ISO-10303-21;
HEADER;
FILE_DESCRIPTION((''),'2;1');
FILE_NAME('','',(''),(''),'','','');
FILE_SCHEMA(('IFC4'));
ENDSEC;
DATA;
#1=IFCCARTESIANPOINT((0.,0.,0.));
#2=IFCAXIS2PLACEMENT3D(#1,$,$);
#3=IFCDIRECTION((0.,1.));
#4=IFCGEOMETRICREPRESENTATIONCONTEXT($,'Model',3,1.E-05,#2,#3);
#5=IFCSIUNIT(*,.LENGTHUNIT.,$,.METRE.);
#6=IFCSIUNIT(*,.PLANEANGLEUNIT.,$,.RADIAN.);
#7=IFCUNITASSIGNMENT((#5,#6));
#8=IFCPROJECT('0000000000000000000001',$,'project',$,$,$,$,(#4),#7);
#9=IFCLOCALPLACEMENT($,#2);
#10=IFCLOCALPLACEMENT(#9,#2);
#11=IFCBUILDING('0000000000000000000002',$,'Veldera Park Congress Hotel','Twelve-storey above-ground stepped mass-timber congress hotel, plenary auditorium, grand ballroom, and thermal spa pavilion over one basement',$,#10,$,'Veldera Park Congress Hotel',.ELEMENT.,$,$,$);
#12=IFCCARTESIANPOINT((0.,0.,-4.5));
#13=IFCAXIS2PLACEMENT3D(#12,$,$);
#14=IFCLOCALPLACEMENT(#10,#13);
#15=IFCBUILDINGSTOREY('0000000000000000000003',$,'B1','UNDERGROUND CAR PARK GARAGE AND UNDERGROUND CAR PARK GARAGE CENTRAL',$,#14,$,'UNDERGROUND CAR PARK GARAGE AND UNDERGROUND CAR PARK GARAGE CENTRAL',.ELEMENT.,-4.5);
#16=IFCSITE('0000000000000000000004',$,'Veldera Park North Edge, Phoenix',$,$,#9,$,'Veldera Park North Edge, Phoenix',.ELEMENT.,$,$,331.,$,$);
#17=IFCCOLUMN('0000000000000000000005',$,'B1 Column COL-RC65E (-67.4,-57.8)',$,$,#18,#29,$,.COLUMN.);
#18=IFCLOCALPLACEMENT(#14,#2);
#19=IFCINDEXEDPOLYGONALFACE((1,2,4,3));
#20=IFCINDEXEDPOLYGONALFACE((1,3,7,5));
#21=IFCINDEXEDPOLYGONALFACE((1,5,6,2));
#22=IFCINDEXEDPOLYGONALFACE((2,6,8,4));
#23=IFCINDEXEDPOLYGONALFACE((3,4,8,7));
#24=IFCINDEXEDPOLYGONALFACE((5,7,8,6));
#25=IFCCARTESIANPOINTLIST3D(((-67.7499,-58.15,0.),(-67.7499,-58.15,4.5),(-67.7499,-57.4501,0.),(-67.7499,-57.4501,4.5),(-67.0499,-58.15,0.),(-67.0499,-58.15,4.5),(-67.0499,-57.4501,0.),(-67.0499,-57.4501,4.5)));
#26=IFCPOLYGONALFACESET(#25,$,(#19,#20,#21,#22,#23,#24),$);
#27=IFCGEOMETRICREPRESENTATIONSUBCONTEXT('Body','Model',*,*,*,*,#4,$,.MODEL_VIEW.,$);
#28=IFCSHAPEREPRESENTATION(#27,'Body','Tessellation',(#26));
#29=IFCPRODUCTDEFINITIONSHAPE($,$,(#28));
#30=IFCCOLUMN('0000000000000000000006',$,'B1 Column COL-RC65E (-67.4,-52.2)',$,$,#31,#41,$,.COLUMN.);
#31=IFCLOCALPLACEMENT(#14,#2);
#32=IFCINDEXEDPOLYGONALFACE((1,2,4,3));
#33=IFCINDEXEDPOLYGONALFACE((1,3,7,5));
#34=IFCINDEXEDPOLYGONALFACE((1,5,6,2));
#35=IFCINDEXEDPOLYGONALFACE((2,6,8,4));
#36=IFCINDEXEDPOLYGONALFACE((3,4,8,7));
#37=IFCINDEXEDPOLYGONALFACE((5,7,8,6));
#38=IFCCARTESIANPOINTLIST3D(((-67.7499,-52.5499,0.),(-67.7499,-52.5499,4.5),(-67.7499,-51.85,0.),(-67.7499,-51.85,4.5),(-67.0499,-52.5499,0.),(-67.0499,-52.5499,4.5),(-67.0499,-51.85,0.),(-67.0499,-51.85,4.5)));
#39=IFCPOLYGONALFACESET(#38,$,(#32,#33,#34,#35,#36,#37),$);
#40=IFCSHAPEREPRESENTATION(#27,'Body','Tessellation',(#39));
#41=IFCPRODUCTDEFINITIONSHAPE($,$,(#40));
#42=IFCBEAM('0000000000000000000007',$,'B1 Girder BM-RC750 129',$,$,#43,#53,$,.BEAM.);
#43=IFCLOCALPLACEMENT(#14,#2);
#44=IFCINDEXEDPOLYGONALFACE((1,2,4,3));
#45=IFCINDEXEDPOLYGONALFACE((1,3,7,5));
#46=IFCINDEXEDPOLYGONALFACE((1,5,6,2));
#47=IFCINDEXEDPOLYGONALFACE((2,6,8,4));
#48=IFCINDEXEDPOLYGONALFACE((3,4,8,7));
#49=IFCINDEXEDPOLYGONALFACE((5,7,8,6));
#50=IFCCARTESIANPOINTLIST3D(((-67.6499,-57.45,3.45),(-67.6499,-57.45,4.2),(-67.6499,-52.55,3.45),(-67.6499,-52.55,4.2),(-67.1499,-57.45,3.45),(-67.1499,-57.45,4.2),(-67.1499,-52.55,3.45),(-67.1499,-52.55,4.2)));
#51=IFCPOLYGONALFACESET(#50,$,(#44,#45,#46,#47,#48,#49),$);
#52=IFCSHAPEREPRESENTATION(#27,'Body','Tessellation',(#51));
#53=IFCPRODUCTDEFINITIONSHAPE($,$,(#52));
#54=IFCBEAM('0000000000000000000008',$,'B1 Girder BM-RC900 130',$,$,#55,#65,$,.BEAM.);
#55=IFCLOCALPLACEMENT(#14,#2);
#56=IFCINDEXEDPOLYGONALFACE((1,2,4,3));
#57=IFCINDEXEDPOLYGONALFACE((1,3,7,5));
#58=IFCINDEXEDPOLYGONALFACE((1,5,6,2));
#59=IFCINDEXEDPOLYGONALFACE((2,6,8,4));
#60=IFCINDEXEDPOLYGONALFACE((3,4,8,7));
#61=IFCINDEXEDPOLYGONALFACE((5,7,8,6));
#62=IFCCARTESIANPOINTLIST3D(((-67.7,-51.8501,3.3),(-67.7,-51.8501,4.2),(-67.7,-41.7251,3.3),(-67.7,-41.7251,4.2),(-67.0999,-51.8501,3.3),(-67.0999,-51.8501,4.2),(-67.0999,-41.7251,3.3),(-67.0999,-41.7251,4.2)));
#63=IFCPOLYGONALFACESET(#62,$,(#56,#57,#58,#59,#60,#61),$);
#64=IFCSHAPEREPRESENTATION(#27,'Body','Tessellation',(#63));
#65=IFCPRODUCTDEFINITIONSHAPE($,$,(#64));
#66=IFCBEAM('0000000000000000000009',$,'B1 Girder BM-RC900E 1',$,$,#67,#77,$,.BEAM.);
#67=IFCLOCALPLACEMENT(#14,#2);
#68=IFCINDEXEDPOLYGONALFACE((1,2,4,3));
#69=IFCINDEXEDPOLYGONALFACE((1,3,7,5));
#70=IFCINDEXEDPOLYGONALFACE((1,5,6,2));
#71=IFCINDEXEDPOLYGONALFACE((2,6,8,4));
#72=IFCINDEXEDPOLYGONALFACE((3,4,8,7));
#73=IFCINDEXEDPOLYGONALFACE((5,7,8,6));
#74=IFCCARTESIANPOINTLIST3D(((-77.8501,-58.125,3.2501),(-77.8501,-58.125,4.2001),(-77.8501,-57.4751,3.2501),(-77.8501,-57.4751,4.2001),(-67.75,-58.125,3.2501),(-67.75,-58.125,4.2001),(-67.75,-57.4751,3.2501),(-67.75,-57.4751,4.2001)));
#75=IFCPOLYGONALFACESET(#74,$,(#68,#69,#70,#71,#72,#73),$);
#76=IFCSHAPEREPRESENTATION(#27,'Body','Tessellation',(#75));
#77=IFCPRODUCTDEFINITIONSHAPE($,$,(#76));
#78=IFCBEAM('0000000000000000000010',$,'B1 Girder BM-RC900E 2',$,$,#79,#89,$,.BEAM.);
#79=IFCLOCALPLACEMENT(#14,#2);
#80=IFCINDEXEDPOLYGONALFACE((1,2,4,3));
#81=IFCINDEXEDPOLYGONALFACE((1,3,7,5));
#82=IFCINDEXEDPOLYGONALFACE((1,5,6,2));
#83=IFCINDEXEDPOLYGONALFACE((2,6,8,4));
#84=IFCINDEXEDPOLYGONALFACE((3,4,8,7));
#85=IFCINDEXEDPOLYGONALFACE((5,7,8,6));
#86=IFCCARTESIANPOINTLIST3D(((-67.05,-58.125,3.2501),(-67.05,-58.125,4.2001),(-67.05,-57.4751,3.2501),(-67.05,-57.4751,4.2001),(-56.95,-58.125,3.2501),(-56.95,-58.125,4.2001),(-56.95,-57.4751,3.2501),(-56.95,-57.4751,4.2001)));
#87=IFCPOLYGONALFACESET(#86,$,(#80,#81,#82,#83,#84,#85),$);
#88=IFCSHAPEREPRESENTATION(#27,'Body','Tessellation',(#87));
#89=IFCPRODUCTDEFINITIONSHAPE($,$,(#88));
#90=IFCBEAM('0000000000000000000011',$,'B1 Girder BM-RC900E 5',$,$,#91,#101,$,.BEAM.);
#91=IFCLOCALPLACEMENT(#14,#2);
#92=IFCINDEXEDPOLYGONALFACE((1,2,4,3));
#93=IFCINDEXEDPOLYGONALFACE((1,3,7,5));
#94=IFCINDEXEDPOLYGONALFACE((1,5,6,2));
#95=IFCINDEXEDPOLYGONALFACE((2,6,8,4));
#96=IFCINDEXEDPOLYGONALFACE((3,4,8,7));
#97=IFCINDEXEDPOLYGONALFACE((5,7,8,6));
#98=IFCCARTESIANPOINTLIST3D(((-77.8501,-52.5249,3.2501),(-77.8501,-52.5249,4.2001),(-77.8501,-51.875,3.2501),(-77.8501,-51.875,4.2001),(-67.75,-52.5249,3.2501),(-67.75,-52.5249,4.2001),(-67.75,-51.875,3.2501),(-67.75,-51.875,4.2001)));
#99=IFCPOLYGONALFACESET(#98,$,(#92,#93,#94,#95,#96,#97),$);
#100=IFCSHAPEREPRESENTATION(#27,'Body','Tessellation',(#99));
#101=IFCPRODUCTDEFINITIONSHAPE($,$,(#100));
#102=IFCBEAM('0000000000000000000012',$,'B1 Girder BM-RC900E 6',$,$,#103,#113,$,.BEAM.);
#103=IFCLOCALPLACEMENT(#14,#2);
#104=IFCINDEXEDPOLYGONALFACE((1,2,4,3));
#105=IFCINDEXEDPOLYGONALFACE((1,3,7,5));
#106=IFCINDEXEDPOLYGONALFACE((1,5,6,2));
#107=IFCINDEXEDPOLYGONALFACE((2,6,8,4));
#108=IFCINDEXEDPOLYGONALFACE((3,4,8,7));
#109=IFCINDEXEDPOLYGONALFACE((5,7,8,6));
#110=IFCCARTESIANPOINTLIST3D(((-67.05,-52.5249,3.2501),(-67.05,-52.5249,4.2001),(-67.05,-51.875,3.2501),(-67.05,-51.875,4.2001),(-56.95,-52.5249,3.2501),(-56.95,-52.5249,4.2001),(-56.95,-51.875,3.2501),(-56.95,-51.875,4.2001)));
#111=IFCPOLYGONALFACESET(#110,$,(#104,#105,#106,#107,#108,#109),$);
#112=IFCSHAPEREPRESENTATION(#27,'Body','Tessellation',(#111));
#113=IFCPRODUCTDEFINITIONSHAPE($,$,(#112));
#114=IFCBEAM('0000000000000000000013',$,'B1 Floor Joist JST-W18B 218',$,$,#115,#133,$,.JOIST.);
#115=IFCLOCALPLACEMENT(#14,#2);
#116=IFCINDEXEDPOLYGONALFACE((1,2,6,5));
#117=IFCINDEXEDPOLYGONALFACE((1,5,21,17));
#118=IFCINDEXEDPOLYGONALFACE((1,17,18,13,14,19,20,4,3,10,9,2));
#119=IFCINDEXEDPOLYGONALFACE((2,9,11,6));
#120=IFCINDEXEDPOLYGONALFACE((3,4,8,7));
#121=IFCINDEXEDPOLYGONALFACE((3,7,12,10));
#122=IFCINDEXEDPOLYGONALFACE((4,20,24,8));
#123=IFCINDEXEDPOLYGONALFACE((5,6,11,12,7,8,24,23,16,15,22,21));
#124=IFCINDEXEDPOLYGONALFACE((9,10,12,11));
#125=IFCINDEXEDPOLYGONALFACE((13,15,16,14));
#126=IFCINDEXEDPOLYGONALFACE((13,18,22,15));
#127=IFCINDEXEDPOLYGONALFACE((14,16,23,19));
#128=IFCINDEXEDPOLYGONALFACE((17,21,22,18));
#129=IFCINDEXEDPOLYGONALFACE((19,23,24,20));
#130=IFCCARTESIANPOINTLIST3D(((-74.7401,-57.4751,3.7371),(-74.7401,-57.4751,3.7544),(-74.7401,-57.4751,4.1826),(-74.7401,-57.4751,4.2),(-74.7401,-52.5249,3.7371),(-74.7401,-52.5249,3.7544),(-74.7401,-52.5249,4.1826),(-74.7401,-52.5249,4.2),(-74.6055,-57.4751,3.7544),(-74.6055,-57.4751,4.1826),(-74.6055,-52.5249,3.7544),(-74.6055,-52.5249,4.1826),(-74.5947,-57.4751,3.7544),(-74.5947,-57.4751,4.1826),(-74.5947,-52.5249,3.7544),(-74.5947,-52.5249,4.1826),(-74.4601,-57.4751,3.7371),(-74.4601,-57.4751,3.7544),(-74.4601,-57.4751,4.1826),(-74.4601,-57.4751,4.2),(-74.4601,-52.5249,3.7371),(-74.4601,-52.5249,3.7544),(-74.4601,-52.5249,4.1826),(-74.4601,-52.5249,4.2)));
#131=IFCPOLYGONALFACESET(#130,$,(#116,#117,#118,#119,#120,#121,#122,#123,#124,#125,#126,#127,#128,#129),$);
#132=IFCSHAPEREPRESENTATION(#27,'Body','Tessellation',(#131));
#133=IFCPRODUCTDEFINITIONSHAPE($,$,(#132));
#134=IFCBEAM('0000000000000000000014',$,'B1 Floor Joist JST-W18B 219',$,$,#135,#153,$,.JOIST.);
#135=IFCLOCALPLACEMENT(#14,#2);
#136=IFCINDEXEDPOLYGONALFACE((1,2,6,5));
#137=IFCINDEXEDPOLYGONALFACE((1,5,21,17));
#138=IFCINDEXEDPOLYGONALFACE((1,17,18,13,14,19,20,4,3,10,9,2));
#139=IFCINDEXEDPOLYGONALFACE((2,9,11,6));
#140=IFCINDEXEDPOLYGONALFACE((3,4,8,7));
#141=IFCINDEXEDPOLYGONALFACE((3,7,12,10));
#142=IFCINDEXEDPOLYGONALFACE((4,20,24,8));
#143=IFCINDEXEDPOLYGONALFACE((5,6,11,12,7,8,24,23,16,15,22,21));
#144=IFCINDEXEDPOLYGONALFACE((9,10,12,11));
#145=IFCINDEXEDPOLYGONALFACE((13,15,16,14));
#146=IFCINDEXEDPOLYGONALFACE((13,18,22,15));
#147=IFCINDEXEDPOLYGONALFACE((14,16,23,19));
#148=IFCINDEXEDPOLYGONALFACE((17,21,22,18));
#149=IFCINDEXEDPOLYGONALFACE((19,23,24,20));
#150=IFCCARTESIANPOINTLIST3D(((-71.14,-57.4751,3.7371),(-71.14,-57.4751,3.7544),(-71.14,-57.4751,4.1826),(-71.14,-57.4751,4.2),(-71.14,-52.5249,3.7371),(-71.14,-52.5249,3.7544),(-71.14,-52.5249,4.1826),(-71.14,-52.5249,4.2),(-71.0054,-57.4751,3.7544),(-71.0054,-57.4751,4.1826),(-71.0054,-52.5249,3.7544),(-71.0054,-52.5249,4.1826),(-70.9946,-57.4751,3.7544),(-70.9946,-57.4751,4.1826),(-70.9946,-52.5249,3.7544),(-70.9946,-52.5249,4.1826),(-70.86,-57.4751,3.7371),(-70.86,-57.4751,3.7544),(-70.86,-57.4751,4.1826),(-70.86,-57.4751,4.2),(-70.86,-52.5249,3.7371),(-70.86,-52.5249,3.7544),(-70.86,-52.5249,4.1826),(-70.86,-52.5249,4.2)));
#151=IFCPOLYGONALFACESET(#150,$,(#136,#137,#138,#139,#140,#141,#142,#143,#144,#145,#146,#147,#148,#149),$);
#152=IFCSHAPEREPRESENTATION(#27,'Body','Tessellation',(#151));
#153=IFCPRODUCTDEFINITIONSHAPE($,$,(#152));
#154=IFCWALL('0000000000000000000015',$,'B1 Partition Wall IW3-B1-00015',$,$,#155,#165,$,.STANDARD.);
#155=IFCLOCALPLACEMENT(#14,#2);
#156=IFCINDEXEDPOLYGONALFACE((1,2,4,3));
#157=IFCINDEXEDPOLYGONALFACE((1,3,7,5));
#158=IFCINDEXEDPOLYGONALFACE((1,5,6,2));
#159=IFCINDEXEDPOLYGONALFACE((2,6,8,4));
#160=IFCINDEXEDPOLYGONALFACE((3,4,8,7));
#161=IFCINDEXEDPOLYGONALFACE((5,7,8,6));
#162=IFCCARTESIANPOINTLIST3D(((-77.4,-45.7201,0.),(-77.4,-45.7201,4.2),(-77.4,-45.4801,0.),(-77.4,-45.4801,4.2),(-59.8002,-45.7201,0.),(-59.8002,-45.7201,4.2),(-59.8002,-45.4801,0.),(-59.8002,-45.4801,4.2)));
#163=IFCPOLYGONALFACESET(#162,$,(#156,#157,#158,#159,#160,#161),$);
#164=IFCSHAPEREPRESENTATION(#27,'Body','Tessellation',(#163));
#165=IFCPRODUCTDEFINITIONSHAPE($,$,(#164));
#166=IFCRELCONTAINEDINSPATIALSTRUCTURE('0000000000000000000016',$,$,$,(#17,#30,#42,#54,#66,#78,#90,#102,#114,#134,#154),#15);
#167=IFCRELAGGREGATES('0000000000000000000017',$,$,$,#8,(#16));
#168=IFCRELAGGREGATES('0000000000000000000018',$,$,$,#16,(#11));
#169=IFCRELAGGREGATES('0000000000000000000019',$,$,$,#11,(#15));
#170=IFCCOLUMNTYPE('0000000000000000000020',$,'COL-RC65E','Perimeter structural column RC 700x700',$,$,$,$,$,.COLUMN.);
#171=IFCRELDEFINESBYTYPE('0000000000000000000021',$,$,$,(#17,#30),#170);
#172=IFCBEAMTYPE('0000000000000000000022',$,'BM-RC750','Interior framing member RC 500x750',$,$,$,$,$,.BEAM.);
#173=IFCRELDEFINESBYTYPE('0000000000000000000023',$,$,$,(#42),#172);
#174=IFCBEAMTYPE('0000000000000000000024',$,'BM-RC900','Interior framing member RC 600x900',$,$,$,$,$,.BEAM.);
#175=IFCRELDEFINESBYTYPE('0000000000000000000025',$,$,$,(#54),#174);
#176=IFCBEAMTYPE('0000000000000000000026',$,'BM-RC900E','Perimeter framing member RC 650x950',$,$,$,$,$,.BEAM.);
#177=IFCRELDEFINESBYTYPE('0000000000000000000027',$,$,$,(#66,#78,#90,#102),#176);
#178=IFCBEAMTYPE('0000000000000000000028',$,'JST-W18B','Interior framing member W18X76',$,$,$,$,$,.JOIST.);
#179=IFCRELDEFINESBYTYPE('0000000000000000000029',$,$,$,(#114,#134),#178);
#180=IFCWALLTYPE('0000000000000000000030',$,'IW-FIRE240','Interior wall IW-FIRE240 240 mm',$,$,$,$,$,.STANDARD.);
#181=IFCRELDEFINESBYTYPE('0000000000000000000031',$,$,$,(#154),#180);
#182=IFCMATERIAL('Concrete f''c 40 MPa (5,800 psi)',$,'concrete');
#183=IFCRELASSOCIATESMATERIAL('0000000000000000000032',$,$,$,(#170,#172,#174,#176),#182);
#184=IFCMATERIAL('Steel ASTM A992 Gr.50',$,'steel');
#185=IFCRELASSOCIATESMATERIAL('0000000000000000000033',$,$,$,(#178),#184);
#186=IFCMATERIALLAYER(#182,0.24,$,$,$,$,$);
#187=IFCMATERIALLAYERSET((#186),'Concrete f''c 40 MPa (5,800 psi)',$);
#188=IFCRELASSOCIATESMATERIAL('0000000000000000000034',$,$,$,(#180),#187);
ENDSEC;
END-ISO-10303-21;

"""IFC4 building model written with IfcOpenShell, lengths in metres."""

from ifc_helpers import new_model, si_unit, direction, frame, frame_2d, origin, origin_2d, place, context, subcontext, project, spatial, rectangle, i_section, extrude, material, layer, layer_set, material_profile, profile_set, type_object, element, save


model = new_model("IFC4")

# Units and contexts
model_context = context("Model", 3, precision=1e-05, world=origin(), true_north=direction((0.0, 1.0)))
body_context = subcontext(model_context, "Body", "Model", "MODEL_VIEW")
ifc_project = project(units=[si_unit("LENGTHUNIT", "METRE"), si_unit("PLANEANGLEUNIT", "RADIAN")], contexts=[model_context])

# Site, building, storey
site_placement = place(None, origin())
site = spatial("IfcSite", under=ifc_project, at=site_placement, Name="Veldera Park North Edge, Phoenix", LongName="Veldera Park North Edge, Phoenix", CompositionType="ELEMENT", RefElevation=331.0)
building_placement = place(site_placement, origin())
building = spatial("IfcBuilding", under=site, at=building_placement, Name="Veldera Park Congress Hotel", Description="Twelve-storey above-ground stepped mass-timber congress hotel, plenary auditorium, grand ballroom, and thermal spa pavilion over one basement", LongName="Veldera Park Congress Hotel", CompositionType="ELEMENT")
storey_placement = place(building_placement, frame((0.0, 0.0, -4.5)))
storey = spatial("IfcBuildingStorey", under=building, at=storey_placement, Name="B1", Description="UNDERGROUND CAR PARK GARAGE AND UNDERGROUND CAR PARK GARAGE CENTRAL", LongName="UNDERGROUND CAR PARK GARAGE AND UNDERGROUND CAR PARK GARAGE CENTRAL", CompositionType="ELEMENT", Elevation=-4.5)

# Shared definitions
ifc_material_1 = material(Name="Concrete f'c 40 MPa (5,800 psi)", Category="concrete")

# Columns
ifc_material_profile_1 = material_profile(ifc_material_1, rectangle(XDim=0.7, YDim=0.7, at=origin_2d()), Name="RC 700x700")
ifc_profile_set_1 = profile_set([ifc_material_profile_1], Name="Concrete f'c 40 MPa (5,800 psi)")
column_type = type_object("IfcColumnType", Name="COL-RC65E", Description="Perimeter structural column RC 700x700", PredefinedType="COLUMN", material=ifc_profile_set_1)
for number, where, z_axis, x_axis, name in (
    (1, (-67.3999, -57.8, 0.0), (0.0, 0.0, 1.0), (1.0, 0.0, 0.0), "B1 Column COL-RC65E (-67.4,-57.8)"),
    (2, (-67.3999, -52.2, 0.0), (0.0, 0.0, 1.0), (1.0, 0.0, 0.0), "B1 Column COL-RC65E (-67.4,-52.2)"),
):
    element("IfcColumn", number, at=place(storey_placement, frame(where, z_axis=z_axis, x_axis=x_axis)), inside=storey, type_object=column_type, Name=name, PredefinedType="COLUMN", context=body_context, shape_type="SweptSolid", body=[
        extrude(rectangle(XDim=0.7, YDim=0.7, at=origin_2d()), origin(), (0.0, 0.0, 1.0), 4.5),
    ])

# Beams
ifc_material_profile_2 = material_profile(ifc_material_1, rectangle(XDim=0.5, YDim=0.75, at=origin_2d()), Name="RC 500x750")
ifc_profile_set_2 = profile_set([ifc_material_profile_2], Name="Concrete f'c 40 MPa (5,800 psi)")
beam_type_1 = type_object("IfcBeamType", Name="BM-RC750", Description="Interior framing member RC 500x750", PredefinedType="BEAM", material=ifc_profile_set_2)
beam_1_placement = place(storey_placement, frame((-67.3999, -57.45, 3.825), z_axis=(0.0, 1.0, 0.0), x_axis=(-1.0, 0.0, 0.0)))
element("IfcBeam", 3, at=beam_1_placement, inside=storey, type_object=beam_type_1, Name="B1 Girder BM-RC750 129", PredefinedType="BEAM", context=body_context, shape_type="SweptSolid", body=[
    extrude(rectangle(XDim=0.5, YDim=0.75, at=origin_2d()), origin(), (0.0, 0.0, 1.0), 4.8999),
])
ifc_material_profile_3 = material_profile(ifc_material_1, rectangle(XDim=0.6001, YDim=0.8999, at=origin_2d()), Name="RC 600x900")
ifc_profile_set_3 = profile_set([ifc_material_profile_3], Name="Concrete f'c 40 MPa (5,800 psi)")
beam_type_2 = type_object("IfcBeamType", Name="BM-RC900", Description="Interior framing member RC 600x900", PredefinedType="BEAM", material=ifc_profile_set_3)
beam_2_placement = place(storey_placement, frame((-67.3999, -51.8501, 3.75), z_axis=(0.0, 1.0, 0.0), x_axis=(-1.0, 0.0, 0.0)))
element("IfcBeam", 4, at=beam_2_placement, inside=storey, type_object=beam_type_2, Name="B1 Girder BM-RC900 130", PredefinedType="BEAM", context=body_context, shape_type="SweptSolid", body=[
    extrude(rectangle(XDim=0.6001, YDim=0.8999, at=origin_2d()), origin(), (0.0, 0.0, 1.0), 10.125),
])
ifc_material_profile_4 = material_profile(ifc_material_1, rectangle(XDim=0.6499, YDim=0.95, at=origin_2d()), Name="RC 650x950")
ifc_profile_set_4 = profile_set([ifc_material_profile_4], Name="Concrete f'c 40 MPa (5,800 psi)")
beam_type_3 = type_object("IfcBeamType", Name="BM-RC900E", Description="Perimeter framing member RC 650x950", PredefinedType="BEAM", material=ifc_profile_set_4)
for number, where, z_axis, x_axis, name in (
    (5, (-77.8501, -57.8, 3.7251), (1.0, 0.0, 0.0), (0.0, 1.0, 0.0), "B1 Girder BM-RC900E 1"),
    (6, (-67.05, -57.8, 3.7251), (1.0, 0.0, 0.0), (0.0, 1.0, 0.0), "B1 Girder BM-RC900E 2"),
    (7, (-77.8501, -52.2, 3.7251), (1.0, 0.0, 0.0), (0.0, 1.0, 0.0), "B1 Girder BM-RC900E 5"),
    (8, (-67.05, -52.2, 3.7251), (1.0, 0.0, 0.0), (0.0, 1.0, 0.0), "B1 Girder BM-RC900E 6"),
):
    element("IfcBeam", number, at=place(storey_placement, frame(where, z_axis=z_axis, x_axis=x_axis)), inside=storey, type_object=beam_type_3, Name=name, PredefinedType="BEAM", context=body_context, shape_type="SweptSolid", body=[
        extrude(rectangle(XDim=0.6499, YDim=0.95, at=origin_2d()), origin(), (0.0, 0.0, 1.0), 10.1001),
    ])
ifc_material_2 = material(Name="Steel ASTM A992 Gr.50", Category="steel")
ifc_material_profile_5 = material_profile(ifc_material_2, i_section(OverallWidth=0.28, OverallDepth=0.4629, WebThickness=0.0107, FlangeThickness=0.0173, at=origin_2d()), Name="W18X76")
ifc_profile_set_5 = profile_set([ifc_material_profile_5], Name="Steel ASTM A992 Gr.50")
beam_type_4 = type_object("IfcBeamType", Name="JST-W18B", Description="Interior framing member W18X76", PredefinedType="JOIST", material=ifc_profile_set_5)
for number, where, z_axis, x_axis, name in (
    (9, (-74.6001, -57.4751, 3.9685), (0.0, 1.0, 0.0), (-1.0, 0.0, 0.0), "B1 Floor Joist JST-W18B 218"),
    (10, (-71.0, -57.4751, 3.9685), (0.0, 1.0, 0.0), (-1.0, 0.0, 0.0), "B1 Floor Joist JST-W18B 219"),
):
    element("IfcBeam", number, at=place(storey_placement, frame(where, z_axis=z_axis, x_axis=x_axis)), inside=storey, type_object=beam_type_4, Name=name, PredefinedType="JOIST", context=body_context, shape_type="SweptSolid", body=[
        extrude(i_section(OverallWidth=0.28, OverallDepth=0.4629, WebThickness=0.0107, FlangeThickness=0.0173, at=origin_2d()), origin(), (0.0, 0.0, 1.0), 4.9502),
    ])

# Wall
ifc_layer = layer(ifc_material_1, 0.24)
ifc_layer_set = layer_set([ifc_layer], Name="Concrete f'c 40 MPa (5,800 psi)")
wall_type = type_object("IfcWallType", Name="IW-FIRE240", Description="Interior wall IW-FIRE240 240 mm", PredefinedType="STANDARD", material=ifc_layer_set)
wall_placement = place(storey_placement, frame((-77.3999, -45.6001, 0.0), z_axis=(0.0, 0.0, 1.0), x_axis=(1.0, 0.0, 0.0)))
element("IfcWall", 11, at=wall_placement, inside=storey, type_object=wall_type, Name="B1 Partition Wall IW3-B1-00015", PredefinedType="STANDARD", context=body_context, shape_type="SweptSolid", body=[
    extrude(rectangle(XDim=17.5999, YDim=0.24, at=frame_2d((8.7998, 0.0))), origin(), (0.0, 0.0, 1.0), 4.2),
])

save(model, "model.ifc")
